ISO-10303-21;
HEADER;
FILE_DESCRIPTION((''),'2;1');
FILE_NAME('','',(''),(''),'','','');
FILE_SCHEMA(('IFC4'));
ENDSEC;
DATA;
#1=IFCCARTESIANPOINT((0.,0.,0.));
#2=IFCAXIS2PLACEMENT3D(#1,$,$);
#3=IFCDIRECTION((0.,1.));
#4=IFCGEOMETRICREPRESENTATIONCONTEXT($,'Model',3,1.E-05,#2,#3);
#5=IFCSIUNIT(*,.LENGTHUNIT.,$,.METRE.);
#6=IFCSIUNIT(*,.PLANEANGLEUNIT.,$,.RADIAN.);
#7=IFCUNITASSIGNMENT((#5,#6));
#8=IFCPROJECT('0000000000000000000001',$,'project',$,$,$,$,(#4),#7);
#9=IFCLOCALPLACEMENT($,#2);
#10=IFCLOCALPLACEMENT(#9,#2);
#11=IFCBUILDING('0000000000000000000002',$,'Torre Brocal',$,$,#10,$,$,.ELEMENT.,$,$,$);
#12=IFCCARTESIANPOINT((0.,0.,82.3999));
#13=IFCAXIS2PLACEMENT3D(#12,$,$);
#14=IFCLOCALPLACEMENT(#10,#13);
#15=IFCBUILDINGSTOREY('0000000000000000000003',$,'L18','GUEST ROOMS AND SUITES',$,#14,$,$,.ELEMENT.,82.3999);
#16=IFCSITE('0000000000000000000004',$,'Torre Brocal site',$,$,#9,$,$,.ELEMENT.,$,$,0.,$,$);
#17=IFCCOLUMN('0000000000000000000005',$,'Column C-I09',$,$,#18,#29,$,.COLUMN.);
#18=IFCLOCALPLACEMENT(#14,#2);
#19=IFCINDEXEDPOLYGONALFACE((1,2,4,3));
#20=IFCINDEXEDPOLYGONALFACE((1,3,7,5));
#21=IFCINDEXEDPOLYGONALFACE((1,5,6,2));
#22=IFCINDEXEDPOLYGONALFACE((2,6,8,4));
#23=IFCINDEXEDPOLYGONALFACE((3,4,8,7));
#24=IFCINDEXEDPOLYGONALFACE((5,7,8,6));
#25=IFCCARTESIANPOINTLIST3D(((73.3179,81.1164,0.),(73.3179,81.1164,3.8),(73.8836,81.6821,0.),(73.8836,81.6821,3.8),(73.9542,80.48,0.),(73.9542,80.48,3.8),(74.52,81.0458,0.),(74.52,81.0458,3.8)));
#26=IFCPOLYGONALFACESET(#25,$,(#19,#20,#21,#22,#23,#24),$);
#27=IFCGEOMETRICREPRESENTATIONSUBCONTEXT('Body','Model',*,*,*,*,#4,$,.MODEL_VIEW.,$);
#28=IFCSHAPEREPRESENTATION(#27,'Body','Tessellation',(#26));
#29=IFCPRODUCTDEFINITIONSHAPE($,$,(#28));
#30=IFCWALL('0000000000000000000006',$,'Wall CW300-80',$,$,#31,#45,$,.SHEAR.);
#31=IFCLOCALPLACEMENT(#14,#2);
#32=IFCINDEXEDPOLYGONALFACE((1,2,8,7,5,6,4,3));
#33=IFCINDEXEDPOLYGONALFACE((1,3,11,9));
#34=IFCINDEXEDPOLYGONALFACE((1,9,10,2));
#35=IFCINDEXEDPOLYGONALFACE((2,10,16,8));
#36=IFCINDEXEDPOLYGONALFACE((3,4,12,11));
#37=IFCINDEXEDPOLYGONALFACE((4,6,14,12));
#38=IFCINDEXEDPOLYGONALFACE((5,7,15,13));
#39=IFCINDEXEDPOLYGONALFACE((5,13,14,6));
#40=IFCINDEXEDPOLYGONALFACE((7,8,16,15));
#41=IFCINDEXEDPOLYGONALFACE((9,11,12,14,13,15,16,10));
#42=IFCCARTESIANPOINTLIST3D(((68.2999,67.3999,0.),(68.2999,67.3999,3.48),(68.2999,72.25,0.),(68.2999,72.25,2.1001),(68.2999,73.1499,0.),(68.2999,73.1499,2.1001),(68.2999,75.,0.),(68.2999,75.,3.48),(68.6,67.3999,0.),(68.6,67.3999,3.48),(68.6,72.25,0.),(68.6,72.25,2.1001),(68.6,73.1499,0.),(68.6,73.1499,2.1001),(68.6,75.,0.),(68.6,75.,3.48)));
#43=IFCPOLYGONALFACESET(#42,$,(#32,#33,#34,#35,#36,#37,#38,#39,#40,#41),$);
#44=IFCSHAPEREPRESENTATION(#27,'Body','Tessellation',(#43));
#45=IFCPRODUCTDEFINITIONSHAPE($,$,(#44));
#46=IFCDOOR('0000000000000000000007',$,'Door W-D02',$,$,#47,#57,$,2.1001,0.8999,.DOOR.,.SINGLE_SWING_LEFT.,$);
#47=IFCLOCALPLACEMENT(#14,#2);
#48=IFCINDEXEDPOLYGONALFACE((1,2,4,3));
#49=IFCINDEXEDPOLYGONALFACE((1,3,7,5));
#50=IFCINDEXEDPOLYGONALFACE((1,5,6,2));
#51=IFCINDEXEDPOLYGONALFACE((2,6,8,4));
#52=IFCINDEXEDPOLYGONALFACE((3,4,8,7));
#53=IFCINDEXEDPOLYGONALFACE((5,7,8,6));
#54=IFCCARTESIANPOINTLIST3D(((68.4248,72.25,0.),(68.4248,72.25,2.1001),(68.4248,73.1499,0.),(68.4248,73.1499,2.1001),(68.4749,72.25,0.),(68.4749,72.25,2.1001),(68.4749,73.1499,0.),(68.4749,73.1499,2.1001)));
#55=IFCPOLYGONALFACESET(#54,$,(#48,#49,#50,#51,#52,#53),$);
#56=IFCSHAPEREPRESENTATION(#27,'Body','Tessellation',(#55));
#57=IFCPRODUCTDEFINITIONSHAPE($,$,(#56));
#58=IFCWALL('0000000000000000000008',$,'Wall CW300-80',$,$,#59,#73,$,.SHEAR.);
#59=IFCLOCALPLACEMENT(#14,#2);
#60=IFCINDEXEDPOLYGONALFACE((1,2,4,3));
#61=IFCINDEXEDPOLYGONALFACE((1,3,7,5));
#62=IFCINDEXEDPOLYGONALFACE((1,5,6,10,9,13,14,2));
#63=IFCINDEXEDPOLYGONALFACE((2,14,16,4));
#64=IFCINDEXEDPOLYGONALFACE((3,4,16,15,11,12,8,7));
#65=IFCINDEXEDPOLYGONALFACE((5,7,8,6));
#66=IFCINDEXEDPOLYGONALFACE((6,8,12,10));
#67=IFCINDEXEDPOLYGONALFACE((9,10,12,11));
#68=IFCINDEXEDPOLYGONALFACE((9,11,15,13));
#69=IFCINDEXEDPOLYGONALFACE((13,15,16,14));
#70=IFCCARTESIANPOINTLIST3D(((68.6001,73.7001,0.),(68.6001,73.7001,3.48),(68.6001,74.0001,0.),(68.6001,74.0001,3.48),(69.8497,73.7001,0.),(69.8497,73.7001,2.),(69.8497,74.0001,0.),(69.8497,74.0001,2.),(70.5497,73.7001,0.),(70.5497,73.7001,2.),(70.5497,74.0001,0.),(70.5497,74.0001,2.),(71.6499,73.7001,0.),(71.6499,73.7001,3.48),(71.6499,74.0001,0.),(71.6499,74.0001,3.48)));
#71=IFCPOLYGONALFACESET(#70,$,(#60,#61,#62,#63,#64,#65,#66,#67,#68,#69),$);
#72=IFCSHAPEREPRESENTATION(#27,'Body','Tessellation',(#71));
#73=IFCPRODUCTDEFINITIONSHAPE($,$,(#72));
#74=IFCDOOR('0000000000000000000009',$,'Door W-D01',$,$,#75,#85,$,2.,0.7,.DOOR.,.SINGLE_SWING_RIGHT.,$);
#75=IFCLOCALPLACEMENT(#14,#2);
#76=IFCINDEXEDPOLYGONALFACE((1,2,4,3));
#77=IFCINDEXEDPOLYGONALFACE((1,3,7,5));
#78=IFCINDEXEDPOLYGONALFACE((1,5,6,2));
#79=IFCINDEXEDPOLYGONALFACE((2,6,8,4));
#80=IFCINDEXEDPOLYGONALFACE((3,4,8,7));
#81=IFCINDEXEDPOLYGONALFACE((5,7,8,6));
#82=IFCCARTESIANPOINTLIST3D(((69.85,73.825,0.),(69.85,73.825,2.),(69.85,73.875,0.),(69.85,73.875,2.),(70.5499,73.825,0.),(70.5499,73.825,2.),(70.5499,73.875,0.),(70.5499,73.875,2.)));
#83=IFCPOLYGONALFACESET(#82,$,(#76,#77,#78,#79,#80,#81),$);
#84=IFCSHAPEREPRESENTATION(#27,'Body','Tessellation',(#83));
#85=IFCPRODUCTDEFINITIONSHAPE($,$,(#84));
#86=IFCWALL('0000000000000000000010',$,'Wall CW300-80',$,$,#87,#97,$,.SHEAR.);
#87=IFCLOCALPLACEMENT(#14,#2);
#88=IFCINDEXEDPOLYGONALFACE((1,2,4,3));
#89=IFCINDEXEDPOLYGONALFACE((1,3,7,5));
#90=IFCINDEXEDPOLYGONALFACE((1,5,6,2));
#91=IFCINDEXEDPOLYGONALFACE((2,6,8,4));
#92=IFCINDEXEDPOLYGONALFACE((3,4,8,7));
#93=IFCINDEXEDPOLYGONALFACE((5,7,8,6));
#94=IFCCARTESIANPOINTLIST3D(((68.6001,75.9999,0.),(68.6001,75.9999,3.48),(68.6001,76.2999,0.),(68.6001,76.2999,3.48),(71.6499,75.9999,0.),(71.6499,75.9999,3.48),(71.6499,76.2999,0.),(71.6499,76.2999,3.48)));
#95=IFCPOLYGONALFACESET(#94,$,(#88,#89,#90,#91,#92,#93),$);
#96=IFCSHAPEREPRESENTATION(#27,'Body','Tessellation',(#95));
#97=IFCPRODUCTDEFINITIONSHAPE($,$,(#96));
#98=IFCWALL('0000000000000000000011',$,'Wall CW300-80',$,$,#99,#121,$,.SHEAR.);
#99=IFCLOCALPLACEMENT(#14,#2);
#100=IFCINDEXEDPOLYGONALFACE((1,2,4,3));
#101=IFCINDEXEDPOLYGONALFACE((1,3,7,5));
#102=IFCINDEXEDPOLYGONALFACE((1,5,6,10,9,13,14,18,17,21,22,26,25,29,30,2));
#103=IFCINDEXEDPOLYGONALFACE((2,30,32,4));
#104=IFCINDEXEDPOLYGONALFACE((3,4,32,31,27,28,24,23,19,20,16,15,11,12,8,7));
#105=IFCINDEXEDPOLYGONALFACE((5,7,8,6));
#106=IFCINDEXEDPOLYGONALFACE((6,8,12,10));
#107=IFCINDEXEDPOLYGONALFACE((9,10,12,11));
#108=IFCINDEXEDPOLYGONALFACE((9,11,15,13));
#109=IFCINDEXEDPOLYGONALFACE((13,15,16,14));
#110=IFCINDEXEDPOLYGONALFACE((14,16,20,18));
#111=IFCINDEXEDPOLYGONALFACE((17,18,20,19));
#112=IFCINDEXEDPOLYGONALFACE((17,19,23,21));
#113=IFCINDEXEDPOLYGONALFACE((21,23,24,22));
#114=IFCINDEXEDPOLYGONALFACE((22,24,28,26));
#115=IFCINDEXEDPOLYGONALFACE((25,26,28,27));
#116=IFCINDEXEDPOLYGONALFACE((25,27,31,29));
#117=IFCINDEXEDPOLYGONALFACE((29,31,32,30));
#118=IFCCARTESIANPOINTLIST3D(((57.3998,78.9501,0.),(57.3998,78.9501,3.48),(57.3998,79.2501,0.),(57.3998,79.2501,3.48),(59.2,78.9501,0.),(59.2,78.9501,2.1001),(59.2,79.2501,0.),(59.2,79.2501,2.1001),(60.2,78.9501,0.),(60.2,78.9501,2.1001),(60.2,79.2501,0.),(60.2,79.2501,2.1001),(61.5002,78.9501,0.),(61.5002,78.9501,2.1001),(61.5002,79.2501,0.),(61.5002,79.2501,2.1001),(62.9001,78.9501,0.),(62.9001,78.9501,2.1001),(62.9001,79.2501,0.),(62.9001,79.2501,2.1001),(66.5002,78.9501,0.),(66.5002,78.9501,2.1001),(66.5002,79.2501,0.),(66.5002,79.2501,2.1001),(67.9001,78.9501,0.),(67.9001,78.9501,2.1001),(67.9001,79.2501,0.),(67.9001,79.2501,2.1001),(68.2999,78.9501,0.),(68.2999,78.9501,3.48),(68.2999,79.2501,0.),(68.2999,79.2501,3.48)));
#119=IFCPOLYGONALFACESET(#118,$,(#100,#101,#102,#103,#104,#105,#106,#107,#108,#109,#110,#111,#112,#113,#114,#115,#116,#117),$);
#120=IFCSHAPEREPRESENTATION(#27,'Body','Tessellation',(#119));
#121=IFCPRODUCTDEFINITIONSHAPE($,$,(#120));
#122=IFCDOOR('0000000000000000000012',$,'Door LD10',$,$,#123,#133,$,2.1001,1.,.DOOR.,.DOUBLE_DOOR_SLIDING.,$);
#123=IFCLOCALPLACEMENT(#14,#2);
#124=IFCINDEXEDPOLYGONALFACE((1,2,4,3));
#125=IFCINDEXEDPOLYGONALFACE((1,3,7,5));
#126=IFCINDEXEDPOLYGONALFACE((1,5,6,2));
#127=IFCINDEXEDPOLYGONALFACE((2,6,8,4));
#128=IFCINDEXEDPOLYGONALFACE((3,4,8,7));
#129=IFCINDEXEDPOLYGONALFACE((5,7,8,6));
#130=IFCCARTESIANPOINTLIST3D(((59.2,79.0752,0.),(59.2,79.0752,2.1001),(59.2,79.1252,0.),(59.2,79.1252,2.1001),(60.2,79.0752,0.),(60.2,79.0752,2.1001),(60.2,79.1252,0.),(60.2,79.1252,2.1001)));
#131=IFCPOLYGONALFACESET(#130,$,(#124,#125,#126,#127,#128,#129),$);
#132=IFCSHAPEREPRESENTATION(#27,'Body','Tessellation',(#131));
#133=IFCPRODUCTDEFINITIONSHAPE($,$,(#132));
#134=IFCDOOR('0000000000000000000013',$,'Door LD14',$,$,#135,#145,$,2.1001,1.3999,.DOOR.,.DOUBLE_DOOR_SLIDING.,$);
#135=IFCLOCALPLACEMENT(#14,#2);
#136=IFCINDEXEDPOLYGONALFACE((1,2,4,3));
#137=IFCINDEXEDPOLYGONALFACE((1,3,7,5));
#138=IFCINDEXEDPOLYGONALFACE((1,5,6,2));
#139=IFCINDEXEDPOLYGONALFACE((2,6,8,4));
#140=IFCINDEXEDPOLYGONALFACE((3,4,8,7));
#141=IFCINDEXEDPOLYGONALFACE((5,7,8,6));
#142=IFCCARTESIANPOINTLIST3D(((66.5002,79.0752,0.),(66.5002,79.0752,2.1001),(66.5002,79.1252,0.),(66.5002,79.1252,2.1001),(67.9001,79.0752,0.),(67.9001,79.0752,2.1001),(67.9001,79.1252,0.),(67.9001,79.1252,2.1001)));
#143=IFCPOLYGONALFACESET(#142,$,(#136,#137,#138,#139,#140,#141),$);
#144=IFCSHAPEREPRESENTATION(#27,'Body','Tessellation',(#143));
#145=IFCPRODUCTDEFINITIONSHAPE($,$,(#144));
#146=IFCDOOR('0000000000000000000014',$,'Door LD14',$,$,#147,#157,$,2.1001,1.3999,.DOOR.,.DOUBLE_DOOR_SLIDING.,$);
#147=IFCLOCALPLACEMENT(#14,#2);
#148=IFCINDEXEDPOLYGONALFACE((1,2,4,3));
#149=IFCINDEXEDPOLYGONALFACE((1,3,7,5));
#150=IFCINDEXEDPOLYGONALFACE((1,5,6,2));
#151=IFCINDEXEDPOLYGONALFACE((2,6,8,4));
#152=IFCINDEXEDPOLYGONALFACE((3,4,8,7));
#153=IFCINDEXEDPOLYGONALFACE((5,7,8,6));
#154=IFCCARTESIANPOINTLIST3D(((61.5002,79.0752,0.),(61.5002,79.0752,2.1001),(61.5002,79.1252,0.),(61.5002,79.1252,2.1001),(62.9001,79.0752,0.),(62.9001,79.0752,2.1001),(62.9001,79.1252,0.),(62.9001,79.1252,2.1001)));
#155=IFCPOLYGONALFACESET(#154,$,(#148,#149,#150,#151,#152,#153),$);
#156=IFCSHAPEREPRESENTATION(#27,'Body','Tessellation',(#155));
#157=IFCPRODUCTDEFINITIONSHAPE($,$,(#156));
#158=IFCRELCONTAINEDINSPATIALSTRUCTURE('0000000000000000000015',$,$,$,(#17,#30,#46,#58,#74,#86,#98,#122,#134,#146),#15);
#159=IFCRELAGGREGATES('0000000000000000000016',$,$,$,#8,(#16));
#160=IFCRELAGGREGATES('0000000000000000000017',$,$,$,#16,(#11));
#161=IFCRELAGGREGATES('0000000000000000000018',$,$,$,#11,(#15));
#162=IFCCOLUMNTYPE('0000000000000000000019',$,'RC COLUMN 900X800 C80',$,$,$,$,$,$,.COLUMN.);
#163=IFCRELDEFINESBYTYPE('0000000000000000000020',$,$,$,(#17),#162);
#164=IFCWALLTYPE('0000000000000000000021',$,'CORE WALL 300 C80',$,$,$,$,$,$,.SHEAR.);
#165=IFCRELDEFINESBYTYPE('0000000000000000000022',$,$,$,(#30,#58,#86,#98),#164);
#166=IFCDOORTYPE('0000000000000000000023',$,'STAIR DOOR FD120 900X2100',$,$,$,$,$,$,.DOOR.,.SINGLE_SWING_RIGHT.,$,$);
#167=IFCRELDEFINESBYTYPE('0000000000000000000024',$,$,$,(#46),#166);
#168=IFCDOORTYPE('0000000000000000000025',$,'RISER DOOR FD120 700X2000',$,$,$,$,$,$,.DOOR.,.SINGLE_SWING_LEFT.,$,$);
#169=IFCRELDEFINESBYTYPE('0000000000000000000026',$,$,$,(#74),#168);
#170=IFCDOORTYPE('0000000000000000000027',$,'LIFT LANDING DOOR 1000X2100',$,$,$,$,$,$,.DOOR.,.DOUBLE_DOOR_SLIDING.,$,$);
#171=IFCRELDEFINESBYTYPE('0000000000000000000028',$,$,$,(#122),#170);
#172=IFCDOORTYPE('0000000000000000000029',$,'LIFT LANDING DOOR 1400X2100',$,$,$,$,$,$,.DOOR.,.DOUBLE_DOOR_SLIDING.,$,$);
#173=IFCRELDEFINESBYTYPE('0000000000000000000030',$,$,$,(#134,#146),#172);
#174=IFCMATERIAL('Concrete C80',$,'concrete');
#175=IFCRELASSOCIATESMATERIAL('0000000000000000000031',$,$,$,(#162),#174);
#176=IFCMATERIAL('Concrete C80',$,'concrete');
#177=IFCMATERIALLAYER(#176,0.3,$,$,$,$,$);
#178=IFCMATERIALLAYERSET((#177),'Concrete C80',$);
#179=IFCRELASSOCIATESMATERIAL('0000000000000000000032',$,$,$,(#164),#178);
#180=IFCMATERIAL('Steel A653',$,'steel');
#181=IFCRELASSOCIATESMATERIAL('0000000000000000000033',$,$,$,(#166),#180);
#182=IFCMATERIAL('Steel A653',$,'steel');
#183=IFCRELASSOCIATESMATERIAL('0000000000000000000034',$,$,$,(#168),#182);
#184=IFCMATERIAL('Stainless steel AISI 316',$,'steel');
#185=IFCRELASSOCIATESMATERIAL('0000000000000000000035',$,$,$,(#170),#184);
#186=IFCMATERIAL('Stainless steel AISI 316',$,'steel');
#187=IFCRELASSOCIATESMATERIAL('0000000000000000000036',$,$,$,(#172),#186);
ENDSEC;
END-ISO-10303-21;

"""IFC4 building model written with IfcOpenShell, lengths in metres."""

from ifc_helpers import new_model, si_unit, direction, frame, frame_2d, origin, origin_2d, place, context, subcontext, project, spatial, rectangle, extrude, material, layer, layer_set, material_profile, profile_set, type_object, element, fill, save


model = new_model("IFC4")

# Units and contexts
model_context = context("Model", 3, precision=1e-05, world=origin(), true_north=direction((0.0, 1.0)))
body_context = subcontext(model_context, "Body", "Model", "MODEL_VIEW")
ifc_project = project(units=[si_unit("LENGTHUNIT", "METRE"), si_unit("PLANEANGLEUNIT", "RADIAN")], contexts=[model_context])

# Site, building, storey
site_placement = place(None, origin())
site = spatial("IfcSite", under=ifc_project, at=site_placement, Name="Torre Brocal site", CompositionType="ELEMENT", RefElevation=0.0)
building_placement = place(site_placement, origin())
building = spatial("IfcBuilding", under=site, at=building_placement, Name="Torre Brocal", CompositionType="ELEMENT")
storey_placement = place(building_placement, frame((0.0, 0.0, 82.3999)))
storey = spatial("IfcBuildingStorey", under=building, at=storey_placement, Name="L18", Description="GUEST ROOMS AND SUITES", CompositionType="ELEMENT", Elevation=82.3999)

# Column
ifc_material_1 = material(Name="Concrete C80", Category="concrete")
ifc_material_profile = material_profile(ifc_material_1, rectangle(XDim=0.8999, YDim=0.8, at=origin_2d()), Name="RC 900X800")
ifc_profile_set = profile_set([ifc_material_profile], Name="Concrete C80")
column_type = type_object("IfcColumnType", Name="RC COLUMN 900X800 C80", PredefinedType="COLUMN", material=ifc_profile_set)
column_placement = place(storey_placement, frame((73.9189, 81.0811, 0.0), z_axis=(0.0, 0.0, 1.0), x_axis=(-0.707107, 0.707107, 0.0)))
element("IfcColumn", 1, at=column_placement, inside=storey, type_object=column_type, Name="Column C-I09", PredefinedType="COLUMN", context=body_context, shape_type="SweptSolid", body=[
    extrude(rectangle(XDim=0.8999, YDim=0.8, at=origin_2d()), origin(), (0.0, 0.0, 1.0), 3.8),
])

# Walls, openings, doors
ifc_material_2 = material(Name="Concrete C80", Category="concrete")
ifc_layer_1 = layer(ifc_material_2, 0.3)
ifc_layer_set_1 = layer_set([ifc_layer_1], Name="Concrete C80")
wall_type_1 = type_object("IfcWallType", Name="CORE WALL 300 C80", PredefinedType="SHEAR", material=ifc_layer_set_1)
wall_1_placement = place(storey_placement, frame((68.45, 75.0, 0.0), z_axis=(0.0, 0.0, 1.0), x_axis=(0.0, -1.0, 0.0)))
wall_1 = element("IfcWall", 2, at=wall_1_placement, inside=storey, type_object=wall_type_1, Name="Wall CW300-80", PredefinedType="SHEAR", context=body_context, shape_type="SweptSolid", body=[
    extrude(rectangle(XDim=7.6001, YDim=0.3, at=frame_2d((3.8, 0.0))), origin(), (0.0, 0.0, 1.0), 3.48),
])
opening_1_placement = place(wall_1_placement, frame((1.8501, 0.0, 0.0)))
opening_1 = element("IfcOpeningElement", 3, at=opening_1_placement, cuts=wall_1, PredefinedType="OPENING", context=body_context, shape_type="SweptSolid", body=[
    extrude(rectangle(XDim=0.8999, YDim=2.1001, at=frame_2d((0.45, 1.05))), frame((0.0, 0.1599, 0.0), z_axis=(0.0, -1.0, 0.0), x_axis=(1.0, 0.0, 0.0)), (0.0, 0.0, 1.0), 0.3201),
])
ifc_material_3 = material(Name="Steel A653", Category="steel")
door_type_1 = type_object("IfcDoorType", Name="STAIR DOOR FD120 900X2100", OperationType="SINGLE_SWING_RIGHT", PredefinedType="DOOR", material=ifc_material_3)
door_1_placement = place(opening_1_placement, origin())
door_1 = element("IfcDoor", 4, at=door_1_placement, inside=storey, type_object=door_type_1, Name="Door W-D02", OperationType="SINGLE_SWING_LEFT", OverallHeight=2.1001, OverallWidth=0.8999, PredefinedType="DOOR", context=body_context, shape_type="SweptSolid", body=[
    extrude(rectangle(XDim=0.8999, YDim=2.1001, at=frame_2d((0.45, 1.05))), frame((0.0, 0.0249, 0.0), z_axis=(0.0, -1.0, 0.0), x_axis=(1.0, 0.0, 0.0)), (0.0, 0.0, 1.0), 0.05),
])
fill(opening_1, door_1)
wall_2_placement = place(storey_placement, frame((71.6499, 73.8501, 0.0), z_axis=(0.0, 0.0, 1.0), x_axis=(-1.0, 0.0, 0.0)))
wall_2 = element("IfcWall", 5, at=wall_2_placement, inside=storey, type_object=wall_type_1, Name="Wall CW300-80", PredefinedType="SHEAR", context=body_context, shape_type="SweptSolid", body=[
    extrude(rectangle(XDim=3.0498, YDim=0.3, at=frame_2d((1.5249, 0.0))), origin(), (0.0, 0.0, 1.0), 3.48),
])
opening_2_placement = place(wall_2_placement, frame((1.1001, 0.0, 0.0)))
opening_2 = element("IfcOpeningElement", 6, at=opening_2_placement, cuts=wall_2, PredefinedType="OPENING", context=body_context, shape_type="SweptSolid", body=[
    extrude(rectangle(XDim=0.7, YDim=2.0, at=frame_2d((0.3501, 1.0))), frame((0.0, 0.1599, 0.0), z_axis=(0.0, -1.0, 0.0), x_axis=(1.0, 0.0, 0.0)), (0.0, 0.0, 1.0), 0.3201),
])
ifc_material_4 = material(Name="Steel A653", Category="steel")
door_type_2 = type_object("IfcDoorType", Name="RISER DOOR FD120 700X2000", OperationType="SINGLE_SWING_LEFT", PredefinedType="DOOR", material=ifc_material_4)
door_2_placement = place(opening_2_placement, frame((0.7, 0.0, 0.0), z_axis=(0.0, 0.0, 1.0), x_axis=(-1.0, 0.0, 0.0)))
door_2 = element("IfcDoor", 7, at=door_2_placement, inside=storey, type_object=door_type_2, Name="Door W-D01", OperationType="SINGLE_SWING_RIGHT", OverallHeight=2.0, OverallWidth=0.7, PredefinedType="DOOR", context=body_context, shape_type="SweptSolid", body=[
    extrude(rectangle(XDim=0.7, YDim=2.0, at=frame_2d((0.3501, 1.0))), frame((0.0, 0.0249, 0.0), z_axis=(0.0, -1.0, 0.0), x_axis=(1.0, 0.0, 0.0)), (0.0, 0.0, 1.0), 0.05),
])
fill(opening_2, door_2)

# Wall
wall_3_placement = place(storey_placement, frame((71.6499, 76.1499, 0.0), z_axis=(0.0, 0.0, 1.0), x_axis=(-1.0, 0.0, 0.0)))
element("IfcWall", 8, at=wall_3_placement, inside=storey, type_object=wall_type_1, Name="Wall CW300-80", PredefinedType="SHEAR", context=body_context, shape_type="SweptSolid", body=[
    extrude(rectangle(XDim=3.0498, YDim=0.3, at=frame_2d((1.5249, 0.0))), origin(), (0.0, 0.0, 1.0), 3.48),
])

# Wall, openings, doors
wall_4_placement = place(storey_placement, frame((68.3, 79.1001, 0.0), z_axis=(0.0, 0.0, 1.0), x_axis=(-1.0, 0.0, 0.0)))
wall_4 = element("IfcWall", 9, at=wall_4_placement, inside=storey, type_object=wall_type_1, Name="Wall CW300-80", PredefinedType="SHEAR", context=body_context, shape_type="SweptSolid", body=[
    extrude(rectangle(XDim=10.9001, YDim=0.3, at=frame_2d((5.4502, 0.0))), origin(), (0.0, 0.0, 1.0), 3.48),
])
opening_3_placement = place(wall_4_placement, frame((0.3999, 0.0, 0.0)))
opening_3 = element("IfcOpeningElement", 10, at=opening_3_placement, cuts=wall_4, PredefinedType="OPENING", context=body_context, shape_type="SweptSolid", body=[
    extrude(rectangle(XDim=1.3999, YDim=2.1001, at=frame_2d((0.7, 1.05))), frame((0.0, 0.1599, 0.0), z_axis=(0.0, -1.0, 0.0), x_axis=(1.0, 0.0, 0.0)), (0.0, 0.0, 1.0), 0.3201),
])
opening_4_placement = place(wall_4_placement, frame((5.3999, 0.0, 0.0)))
opening_4 = element("IfcOpeningElement", 11, at=opening_4_placement, cuts=wall_4, PredefinedType="OPENING", context=body_context, shape_type="SweptSolid", body=[
    extrude(rectangle(XDim=1.3999, YDim=2.1001, at=frame_2d((0.7, 1.05))), frame((0.0, 0.1599, 0.0), z_axis=(0.0, -1.0, 0.0), x_axis=(1.0, 0.0, 0.0)), (0.0, 0.0, 1.0), 0.3201),
])
opening_5_placement = place(wall_4_placement, frame((8.1001, 0.0, 0.0)))
opening_5 = element("IfcOpeningElement", 12, at=opening_5_placement, cuts=wall_4, PredefinedType="OPENING", context=body_context, shape_type="SweptSolid", body=[
    extrude(rectangle(XDim=1.0, YDim=2.1001, at=frame_2d((0.5, 1.05))), frame((0.0, 0.1599, 0.0), z_axis=(0.0, -1.0, 0.0), x_axis=(1.0, 0.0, 0.0)), (0.0, 0.0, 1.0), 0.3201),
])
ifc_material_5 = material(Name="Stainless steel AISI 316", Category="steel")
door_type_3 = type_object("IfcDoorType", Name="LIFT LANDING DOOR 1000X2100", OperationType="DOUBLE_DOOR_SLIDING", PredefinedType="DOOR", material=ifc_material_5)
door_3_placement = place(opening_5_placement, origin())
door_3 = element("IfcDoor", 13, at=door_3_placement, inside=storey, type_object=door_type_3, Name="Door LD10", OperationType="DOUBLE_DOOR_SLIDING", OverallHeight=2.1001, OverallWidth=1.0, PredefinedType="DOOR", context=body_context, shape_type="SweptSolid", body=[
    extrude(rectangle(XDim=1.0, YDim=2.1001, at=frame_2d((0.5, 1.05))), frame((0.0, 0.0249, 0.0), z_axis=(0.0, -1.0, 0.0), x_axis=(1.0, 0.0, 0.0)), (0.0, 0.0, 1.0), 0.05),
])
fill(opening_5, door_3)
ifc_material_6 = material(Name="Stainless steel AISI 316", Category="steel")
door_type_4 = type_object("IfcDoorType", Name="LIFT LANDING DOOR 1400X2100", OperationType="DOUBLE_DOOR_SLIDING", PredefinedType="DOOR", material=ifc_material_6)
door_4_placement = place(opening_3_placement, origin())
door_4 = element("IfcDoor", 14, at=door_4_placement, inside=storey, type_object=door_type_4, Name="Door LD14", OperationType="DOUBLE_DOOR_SLIDING", OverallHeight=2.1001, OverallWidth=1.3999, PredefinedType="DOOR", context=body_context, shape_type="SweptSolid", body=[
    extrude(rectangle(XDim=1.3999, YDim=2.1001, at=frame_2d((0.7, 1.05))), frame((0.0, 0.0249, 0.0), z_axis=(0.0, -1.0, 0.0), x_axis=(1.0, 0.0, 0.0)), (0.0, 0.0, 1.0), 0.05),
])
fill(opening_3, door_4)
door_5_placement = place(opening_4_placement, origin())
door_5 = element("IfcDoor", 15, at=door_5_placement, inside=storey, type_object=door_type_4, Name="Door LD14", OperationType="DOUBLE_DOOR_SLIDING", OverallHeight=2.1001, OverallWidth=1.3999, PredefinedType="DOOR", context=body_context, shape_type="SweptSolid", body=[
    extrude(rectangle(XDim=1.3999, YDim=2.1001, at=frame_2d((0.7, 1.05))), frame((0.0, 0.0249, 0.0), z_axis=(0.0, -1.0, 0.0), x_axis=(1.0, 0.0, 0.0)), (0.0, 0.0, 1.0), 0.05),
])
fill(opening_4, door_5)

save(model, "model.ifc")
